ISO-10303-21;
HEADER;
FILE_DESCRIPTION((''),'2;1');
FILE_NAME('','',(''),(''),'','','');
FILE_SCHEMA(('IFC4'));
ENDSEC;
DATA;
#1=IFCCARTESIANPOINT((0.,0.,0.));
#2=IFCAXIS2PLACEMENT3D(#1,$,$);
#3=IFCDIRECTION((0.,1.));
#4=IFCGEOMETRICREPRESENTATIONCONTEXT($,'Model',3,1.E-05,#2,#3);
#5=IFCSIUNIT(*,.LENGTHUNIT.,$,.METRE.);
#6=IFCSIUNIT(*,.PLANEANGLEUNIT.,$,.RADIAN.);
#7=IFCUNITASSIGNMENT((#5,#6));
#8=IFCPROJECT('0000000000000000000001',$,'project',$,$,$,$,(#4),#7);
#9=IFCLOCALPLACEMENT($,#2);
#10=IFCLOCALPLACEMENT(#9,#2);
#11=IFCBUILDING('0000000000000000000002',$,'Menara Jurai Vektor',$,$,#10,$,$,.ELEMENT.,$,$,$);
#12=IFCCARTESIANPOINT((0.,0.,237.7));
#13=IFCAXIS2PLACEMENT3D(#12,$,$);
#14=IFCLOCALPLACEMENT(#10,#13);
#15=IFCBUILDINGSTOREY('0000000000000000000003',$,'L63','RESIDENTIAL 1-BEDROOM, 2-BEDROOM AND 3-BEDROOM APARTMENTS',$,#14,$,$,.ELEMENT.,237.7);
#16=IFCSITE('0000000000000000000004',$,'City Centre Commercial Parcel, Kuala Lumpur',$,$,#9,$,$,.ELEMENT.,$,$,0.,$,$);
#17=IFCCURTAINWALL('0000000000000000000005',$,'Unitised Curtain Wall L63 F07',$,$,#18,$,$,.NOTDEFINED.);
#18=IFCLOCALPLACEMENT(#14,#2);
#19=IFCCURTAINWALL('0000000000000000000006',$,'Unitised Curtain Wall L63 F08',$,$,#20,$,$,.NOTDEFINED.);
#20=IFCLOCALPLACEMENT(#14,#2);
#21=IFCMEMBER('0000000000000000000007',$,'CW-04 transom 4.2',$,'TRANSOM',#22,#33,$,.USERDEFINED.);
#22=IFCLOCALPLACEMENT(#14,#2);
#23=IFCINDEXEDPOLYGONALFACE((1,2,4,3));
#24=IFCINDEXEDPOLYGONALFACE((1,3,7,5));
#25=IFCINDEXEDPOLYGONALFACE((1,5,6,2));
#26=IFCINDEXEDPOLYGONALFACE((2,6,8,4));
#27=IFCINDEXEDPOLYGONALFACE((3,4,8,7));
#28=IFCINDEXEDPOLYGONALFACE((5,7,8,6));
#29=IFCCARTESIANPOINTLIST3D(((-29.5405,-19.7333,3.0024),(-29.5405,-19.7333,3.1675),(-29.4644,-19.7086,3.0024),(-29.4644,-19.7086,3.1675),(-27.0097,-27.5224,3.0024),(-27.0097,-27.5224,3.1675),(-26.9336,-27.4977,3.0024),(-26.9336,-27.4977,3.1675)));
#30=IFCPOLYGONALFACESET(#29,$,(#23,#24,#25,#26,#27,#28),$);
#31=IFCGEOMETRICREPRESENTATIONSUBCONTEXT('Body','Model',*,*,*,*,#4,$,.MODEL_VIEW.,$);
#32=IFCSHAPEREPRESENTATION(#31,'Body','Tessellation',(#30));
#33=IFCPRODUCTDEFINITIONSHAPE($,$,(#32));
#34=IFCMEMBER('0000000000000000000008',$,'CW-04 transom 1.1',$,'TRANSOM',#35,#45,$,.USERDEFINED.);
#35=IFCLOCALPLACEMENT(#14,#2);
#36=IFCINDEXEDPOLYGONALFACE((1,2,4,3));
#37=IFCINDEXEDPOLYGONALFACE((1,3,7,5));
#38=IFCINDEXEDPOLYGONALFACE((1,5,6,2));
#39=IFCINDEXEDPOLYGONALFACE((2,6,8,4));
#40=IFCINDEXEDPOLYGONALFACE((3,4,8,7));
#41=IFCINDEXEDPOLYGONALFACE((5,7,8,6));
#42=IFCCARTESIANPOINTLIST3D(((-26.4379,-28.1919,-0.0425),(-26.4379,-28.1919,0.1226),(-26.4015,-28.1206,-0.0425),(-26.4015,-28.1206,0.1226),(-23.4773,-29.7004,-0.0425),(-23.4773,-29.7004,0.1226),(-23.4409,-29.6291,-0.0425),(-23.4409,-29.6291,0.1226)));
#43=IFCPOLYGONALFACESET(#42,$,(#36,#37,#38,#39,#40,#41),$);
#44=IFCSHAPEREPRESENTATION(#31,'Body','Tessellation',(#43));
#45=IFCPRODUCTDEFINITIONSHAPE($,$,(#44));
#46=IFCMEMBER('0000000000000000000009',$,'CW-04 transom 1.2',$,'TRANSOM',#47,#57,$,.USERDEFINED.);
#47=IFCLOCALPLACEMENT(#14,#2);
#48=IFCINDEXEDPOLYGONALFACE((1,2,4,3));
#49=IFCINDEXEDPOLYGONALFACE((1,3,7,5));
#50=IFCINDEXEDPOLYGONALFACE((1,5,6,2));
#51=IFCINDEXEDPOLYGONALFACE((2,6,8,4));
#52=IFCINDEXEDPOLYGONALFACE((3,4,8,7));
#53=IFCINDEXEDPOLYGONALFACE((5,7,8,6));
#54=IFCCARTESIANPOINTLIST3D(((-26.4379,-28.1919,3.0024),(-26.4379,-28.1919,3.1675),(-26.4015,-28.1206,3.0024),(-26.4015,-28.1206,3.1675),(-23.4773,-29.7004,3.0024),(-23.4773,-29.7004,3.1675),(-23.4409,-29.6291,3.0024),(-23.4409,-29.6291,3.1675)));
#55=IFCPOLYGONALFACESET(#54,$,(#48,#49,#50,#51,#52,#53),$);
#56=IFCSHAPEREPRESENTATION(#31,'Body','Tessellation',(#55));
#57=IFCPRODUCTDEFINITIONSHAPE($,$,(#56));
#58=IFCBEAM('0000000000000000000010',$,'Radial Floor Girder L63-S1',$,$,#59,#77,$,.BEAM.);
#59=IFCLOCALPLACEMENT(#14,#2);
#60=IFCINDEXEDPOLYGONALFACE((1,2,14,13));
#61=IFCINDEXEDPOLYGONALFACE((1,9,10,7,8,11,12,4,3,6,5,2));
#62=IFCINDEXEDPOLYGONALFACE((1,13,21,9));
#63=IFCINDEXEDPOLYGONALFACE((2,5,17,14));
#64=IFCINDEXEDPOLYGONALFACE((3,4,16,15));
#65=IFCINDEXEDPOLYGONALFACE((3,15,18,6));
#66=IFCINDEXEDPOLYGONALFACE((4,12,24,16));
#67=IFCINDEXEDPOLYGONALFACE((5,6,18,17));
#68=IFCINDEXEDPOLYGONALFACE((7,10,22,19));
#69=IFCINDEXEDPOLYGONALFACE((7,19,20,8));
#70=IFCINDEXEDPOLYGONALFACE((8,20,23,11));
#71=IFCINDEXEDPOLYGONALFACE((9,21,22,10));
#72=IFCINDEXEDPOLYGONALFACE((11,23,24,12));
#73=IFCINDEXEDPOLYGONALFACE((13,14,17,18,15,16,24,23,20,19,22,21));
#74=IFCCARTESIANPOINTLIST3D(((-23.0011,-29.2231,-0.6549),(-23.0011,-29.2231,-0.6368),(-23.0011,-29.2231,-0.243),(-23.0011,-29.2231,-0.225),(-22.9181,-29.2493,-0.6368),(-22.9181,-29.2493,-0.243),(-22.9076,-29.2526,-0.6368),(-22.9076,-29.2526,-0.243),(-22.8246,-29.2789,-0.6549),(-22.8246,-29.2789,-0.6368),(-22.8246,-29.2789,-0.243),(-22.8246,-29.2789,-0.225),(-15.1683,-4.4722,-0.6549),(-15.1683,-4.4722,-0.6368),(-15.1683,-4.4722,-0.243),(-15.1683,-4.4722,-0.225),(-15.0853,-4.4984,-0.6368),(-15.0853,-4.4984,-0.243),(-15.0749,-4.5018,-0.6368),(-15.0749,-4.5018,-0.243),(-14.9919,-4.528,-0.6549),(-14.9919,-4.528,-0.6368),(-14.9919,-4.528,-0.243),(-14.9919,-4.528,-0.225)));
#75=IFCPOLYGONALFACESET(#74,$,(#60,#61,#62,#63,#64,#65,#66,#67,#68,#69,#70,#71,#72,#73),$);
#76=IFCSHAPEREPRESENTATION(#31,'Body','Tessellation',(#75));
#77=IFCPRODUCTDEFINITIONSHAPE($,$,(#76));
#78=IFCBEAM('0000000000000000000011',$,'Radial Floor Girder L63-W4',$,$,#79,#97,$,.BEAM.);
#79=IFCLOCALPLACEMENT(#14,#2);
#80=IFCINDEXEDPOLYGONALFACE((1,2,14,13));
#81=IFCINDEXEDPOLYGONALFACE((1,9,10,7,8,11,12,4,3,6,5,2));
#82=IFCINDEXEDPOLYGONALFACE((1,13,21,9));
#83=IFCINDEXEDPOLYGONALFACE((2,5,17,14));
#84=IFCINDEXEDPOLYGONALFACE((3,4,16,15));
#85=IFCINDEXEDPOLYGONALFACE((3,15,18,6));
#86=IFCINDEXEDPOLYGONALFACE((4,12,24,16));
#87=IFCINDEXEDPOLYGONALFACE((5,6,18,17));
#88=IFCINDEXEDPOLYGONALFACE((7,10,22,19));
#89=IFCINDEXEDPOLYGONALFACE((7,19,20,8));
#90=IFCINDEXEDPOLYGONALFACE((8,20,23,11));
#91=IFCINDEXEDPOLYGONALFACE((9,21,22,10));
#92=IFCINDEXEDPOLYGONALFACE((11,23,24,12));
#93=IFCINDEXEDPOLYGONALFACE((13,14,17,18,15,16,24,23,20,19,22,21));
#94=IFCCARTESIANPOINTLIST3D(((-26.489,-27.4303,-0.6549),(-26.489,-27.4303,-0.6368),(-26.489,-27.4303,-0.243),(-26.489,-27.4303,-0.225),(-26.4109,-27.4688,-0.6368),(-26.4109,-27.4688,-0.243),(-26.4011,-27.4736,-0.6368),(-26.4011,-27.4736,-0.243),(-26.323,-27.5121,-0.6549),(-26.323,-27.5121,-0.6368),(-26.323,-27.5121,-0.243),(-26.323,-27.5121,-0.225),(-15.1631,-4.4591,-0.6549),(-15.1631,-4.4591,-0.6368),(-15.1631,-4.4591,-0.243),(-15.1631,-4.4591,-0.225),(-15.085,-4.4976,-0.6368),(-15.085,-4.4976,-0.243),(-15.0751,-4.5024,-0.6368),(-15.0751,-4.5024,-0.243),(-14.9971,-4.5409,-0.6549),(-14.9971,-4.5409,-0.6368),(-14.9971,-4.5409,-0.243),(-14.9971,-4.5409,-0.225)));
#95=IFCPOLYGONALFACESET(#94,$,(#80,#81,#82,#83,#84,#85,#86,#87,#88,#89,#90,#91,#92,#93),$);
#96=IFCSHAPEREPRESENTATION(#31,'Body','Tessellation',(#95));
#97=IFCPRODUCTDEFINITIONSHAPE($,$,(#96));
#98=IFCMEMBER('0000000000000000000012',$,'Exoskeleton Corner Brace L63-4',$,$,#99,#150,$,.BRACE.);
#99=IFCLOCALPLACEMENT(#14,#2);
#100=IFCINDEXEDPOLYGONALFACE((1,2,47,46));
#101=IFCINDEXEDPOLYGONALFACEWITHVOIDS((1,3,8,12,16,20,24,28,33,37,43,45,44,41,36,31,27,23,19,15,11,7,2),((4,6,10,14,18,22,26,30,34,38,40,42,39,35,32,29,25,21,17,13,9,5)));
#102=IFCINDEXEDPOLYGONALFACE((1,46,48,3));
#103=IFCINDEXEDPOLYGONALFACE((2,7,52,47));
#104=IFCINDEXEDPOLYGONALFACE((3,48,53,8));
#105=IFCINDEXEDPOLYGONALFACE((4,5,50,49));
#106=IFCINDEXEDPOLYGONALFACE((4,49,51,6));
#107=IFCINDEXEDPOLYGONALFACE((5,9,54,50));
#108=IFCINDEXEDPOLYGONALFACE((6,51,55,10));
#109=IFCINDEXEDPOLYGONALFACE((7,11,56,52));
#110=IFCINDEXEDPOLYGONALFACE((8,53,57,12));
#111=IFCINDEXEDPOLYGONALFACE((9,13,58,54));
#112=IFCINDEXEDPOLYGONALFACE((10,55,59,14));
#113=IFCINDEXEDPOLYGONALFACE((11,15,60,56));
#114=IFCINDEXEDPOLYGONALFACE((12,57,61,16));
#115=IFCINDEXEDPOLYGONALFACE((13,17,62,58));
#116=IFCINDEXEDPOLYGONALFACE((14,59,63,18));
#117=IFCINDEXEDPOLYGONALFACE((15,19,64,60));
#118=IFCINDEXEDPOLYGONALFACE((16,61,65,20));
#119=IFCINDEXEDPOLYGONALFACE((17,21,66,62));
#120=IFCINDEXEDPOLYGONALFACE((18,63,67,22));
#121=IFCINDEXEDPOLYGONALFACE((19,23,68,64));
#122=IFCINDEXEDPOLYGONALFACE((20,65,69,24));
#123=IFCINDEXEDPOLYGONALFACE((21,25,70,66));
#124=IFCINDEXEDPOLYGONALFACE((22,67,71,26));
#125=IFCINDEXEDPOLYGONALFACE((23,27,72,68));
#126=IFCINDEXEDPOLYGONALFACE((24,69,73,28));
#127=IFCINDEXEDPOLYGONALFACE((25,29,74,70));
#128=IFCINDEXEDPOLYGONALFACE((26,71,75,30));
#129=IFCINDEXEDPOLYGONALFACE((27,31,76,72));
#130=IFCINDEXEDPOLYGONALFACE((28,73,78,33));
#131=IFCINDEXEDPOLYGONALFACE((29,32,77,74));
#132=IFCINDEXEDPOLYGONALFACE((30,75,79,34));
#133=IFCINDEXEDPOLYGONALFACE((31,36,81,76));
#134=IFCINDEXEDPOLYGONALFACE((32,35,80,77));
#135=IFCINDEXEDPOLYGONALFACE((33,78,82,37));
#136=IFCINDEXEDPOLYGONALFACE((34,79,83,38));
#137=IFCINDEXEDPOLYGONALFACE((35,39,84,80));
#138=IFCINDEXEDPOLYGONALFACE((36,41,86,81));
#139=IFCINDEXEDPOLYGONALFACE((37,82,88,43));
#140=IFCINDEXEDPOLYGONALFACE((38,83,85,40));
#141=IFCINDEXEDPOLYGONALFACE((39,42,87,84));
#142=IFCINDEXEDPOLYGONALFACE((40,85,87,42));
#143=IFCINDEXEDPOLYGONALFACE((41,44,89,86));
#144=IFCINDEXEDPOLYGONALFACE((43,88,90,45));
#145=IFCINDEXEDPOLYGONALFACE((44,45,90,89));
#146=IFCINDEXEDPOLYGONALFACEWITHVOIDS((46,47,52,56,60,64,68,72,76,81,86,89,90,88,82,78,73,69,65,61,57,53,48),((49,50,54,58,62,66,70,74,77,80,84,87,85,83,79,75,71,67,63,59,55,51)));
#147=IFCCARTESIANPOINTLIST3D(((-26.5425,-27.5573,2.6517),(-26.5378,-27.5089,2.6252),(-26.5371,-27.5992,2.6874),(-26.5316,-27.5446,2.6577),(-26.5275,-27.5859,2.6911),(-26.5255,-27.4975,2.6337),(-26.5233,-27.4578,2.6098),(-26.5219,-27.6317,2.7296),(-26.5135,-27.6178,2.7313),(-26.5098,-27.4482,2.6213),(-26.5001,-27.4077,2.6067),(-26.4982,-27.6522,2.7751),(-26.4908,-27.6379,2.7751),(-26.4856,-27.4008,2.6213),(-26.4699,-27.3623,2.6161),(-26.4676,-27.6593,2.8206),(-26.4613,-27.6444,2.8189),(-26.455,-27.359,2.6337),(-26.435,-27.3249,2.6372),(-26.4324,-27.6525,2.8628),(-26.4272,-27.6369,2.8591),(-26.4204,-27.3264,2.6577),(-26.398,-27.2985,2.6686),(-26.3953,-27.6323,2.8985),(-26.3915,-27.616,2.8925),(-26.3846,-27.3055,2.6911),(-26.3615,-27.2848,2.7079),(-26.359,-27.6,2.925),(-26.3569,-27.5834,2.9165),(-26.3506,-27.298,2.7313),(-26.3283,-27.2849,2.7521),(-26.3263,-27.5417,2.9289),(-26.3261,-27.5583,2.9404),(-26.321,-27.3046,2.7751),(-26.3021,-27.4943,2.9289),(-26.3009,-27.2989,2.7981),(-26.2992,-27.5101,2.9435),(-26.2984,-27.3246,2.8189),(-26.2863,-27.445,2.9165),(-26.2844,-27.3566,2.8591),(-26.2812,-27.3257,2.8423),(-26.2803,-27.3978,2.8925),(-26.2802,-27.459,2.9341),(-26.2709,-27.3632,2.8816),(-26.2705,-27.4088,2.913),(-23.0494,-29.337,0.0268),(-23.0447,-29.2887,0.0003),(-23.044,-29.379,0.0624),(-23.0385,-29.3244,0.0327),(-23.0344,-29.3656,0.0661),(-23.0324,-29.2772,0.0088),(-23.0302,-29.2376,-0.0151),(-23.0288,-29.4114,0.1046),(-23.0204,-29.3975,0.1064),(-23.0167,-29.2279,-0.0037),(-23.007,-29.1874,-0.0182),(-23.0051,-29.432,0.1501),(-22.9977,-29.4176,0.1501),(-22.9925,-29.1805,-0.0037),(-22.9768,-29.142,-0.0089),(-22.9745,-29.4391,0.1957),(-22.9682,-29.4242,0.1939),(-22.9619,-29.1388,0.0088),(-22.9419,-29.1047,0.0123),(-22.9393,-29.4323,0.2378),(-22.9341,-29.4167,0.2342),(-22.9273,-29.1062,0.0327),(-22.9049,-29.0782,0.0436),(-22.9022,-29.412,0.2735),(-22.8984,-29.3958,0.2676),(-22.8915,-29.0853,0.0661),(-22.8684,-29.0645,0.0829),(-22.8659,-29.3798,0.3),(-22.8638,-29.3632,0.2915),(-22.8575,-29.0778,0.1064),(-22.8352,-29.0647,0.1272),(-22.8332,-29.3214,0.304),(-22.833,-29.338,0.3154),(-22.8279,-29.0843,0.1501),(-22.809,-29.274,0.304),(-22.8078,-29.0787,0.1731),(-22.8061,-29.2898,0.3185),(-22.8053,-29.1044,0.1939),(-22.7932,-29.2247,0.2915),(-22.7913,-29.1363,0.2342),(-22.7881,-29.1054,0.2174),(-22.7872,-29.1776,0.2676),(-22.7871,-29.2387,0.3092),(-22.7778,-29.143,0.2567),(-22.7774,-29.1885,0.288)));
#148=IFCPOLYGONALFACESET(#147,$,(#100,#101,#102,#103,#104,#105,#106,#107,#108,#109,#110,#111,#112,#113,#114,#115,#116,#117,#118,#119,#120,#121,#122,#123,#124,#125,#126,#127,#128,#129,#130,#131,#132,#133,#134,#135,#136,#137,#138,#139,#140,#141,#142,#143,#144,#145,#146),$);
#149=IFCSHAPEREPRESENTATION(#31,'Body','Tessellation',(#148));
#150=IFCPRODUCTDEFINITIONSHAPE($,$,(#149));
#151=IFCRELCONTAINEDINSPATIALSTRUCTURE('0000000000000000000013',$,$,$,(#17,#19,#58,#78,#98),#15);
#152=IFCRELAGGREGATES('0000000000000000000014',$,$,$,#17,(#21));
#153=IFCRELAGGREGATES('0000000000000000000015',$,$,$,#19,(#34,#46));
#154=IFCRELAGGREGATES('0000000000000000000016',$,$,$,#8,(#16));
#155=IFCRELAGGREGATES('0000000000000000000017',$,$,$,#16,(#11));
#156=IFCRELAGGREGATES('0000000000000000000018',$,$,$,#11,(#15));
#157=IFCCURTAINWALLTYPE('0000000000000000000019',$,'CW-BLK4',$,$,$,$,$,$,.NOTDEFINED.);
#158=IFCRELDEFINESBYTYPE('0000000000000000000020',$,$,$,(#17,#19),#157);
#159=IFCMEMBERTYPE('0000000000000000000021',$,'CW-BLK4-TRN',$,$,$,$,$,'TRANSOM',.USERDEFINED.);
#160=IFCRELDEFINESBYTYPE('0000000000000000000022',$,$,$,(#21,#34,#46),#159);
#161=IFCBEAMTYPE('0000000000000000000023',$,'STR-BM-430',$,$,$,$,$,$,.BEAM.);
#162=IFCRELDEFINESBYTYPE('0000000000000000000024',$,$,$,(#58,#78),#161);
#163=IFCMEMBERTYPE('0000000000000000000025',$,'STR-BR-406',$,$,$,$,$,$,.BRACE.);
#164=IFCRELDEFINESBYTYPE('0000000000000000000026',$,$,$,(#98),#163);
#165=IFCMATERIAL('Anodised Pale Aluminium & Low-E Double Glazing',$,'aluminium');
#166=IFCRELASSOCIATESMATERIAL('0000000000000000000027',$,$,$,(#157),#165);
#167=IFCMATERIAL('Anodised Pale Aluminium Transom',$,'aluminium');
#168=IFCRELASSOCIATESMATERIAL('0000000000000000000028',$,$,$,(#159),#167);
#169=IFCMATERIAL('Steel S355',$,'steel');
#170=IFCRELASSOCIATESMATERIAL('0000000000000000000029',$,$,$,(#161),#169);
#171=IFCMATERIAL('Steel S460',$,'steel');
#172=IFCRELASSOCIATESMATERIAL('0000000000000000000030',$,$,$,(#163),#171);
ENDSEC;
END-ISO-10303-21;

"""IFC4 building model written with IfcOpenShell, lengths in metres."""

from ifc_helpers import new_model, si_unit, direction, frame, origin, origin_2d, place, context, subcontext, project, spatial, rectangle, hollow_circle, i_section, extrude, material, material_profile, profile_set, type_object, element, aggregate, save


model = new_model("IFC4")

# Units and contexts
model_context = context("Model", 3, precision=1e-05, world=origin(), true_north=direction((0.0, 1.0)))
body_context = subcontext(model_context, "Body", "Model", "MODEL_VIEW")
ifc_project = project(units=[si_unit("LENGTHUNIT", "METRE"), si_unit("PLANEANGLEUNIT", "RADIAN")], contexts=[model_context])

# Site, building, storey
site_placement = place(None, origin())
site = spatial("IfcSite", under=ifc_project, at=site_placement, Name="City Centre Commercial Parcel, Kuala Lumpur", CompositionType="ELEMENT", RefElevation=0.0)
building_placement = place(site_placement, origin())
building = spatial("IfcBuilding", under=site, at=building_placement, Name="Menara Jurai Vektor", CompositionType="ELEMENT")
storey_placement = place(building_placement, frame((0.0, 0.0, 237.7)))
storey = spatial("IfcBuildingStorey", under=building, at=storey_placement, Name="L63", Description="RESIDENTIAL 1-BEDROOM, 2-BEDROOM AND 3-BEDROOM APARTMENTS", CompositionType="ELEMENT", Elevation=237.7)

# Shared definitions
ifc_material_1 = material(Name="Steel S460", Category="steel")

# Curtain wall
ifc_material_2 = material(Name="Anodised Pale Aluminium & Low-E Double Glazing", Category="aluminium")
curtain_wall_type = type_object("IfcCurtainWallType", Name="CW-BLK4", PredefinedType="NOTDEFINED", material=ifc_material_2)
curtain_wall_1_placement = place(storey_placement, origin())
curtain_wall_1 = element("IfcCurtainWall", 1, at=curtain_wall_1_placement, inside=storey, type_object=curtain_wall_type, Name="Unitised Curtain Wall L63 F07", PredefinedType="NOTDEFINED")

# Curtain wall
curtain_wall_2_placement = place(storey_placement, origin())
curtain_wall_2 = element("IfcCurtainWall", 2, at=curtain_wall_2_placement, inside=storey, type_object=curtain_wall_type, Name="Unitised Curtain Wall L63 F08", PredefinedType="NOTDEFINED")

# Members
ifc_material_3 = material(Name="Anodised Pale Aluminium Transom", Category="aluminium")
ifc_material_profile_1 = material_profile(ifc_material_3, rectangle(XDim=0.0801, YDim=0.165, at=origin_2d()), Name="ALU TRN 80x165")
ifc_profile_set_1 = profile_set([ifc_material_profile_1], Name="Anodised Pale Aluminium Transom")
member_type_1 = type_object("IfcMemberType", Name="CW-BLK4-TRN", ElementType="TRANSOM", PredefinedType="USERDEFINED", material=ifc_profile_set_1)
member_1_placement = place(storey_placement, frame((-29.5024, -19.7209, 3.085), z_axis=(0.309011, -0.951059, 0.0), x_axis=(0.951059, 0.309011, 0.0)))
member_1 = element("IfcMember", 3, at=member_1_placement, type_object=member_type_1, Name="CW-04 transom 4.2", ObjectType="TRANSOM", PredefinedType="USERDEFINED", context=body_context, shape_type="SweptSolid", body=[
    extrude(rectangle(XDim=0.0801, YDim=0.165, at=origin_2d()), origin(), (0.0, 0.0, 1.0), 8.1899),
])
member_2_placement = place(storey_placement, frame((-26.4197, -28.1562, 0.04), z_axis=(0.891007, -0.45399, 0.0), x_axis=(0.45399, 0.891007, 0.0)))
member_2 = element("IfcMember", 4, at=member_2_placement, type_object=member_type_1, Name="CW-04 transom 1.1", ObjectType="TRANSOM", PredefinedType="USERDEFINED", context=body_context, shape_type="SweptSolid", body=[
    extrude(rectangle(XDim=0.0801, YDim=0.165, at=origin_2d()), origin(), (0.0, 0.0, 1.0), 3.3228),
])
member_3_placement = place(storey_placement, frame((-26.4197, -28.1562, 3.085), z_axis=(0.891007, -0.45399, 0.0), x_axis=(0.45399, 0.891007, 0.0)))
member_3 = element("IfcMember", 5, at=member_3_placement, type_object=member_type_1, Name="CW-04 transom 1.2", ObjectType="TRANSOM", PredefinedType="USERDEFINED", context=body_context, shape_type="SweptSolid", body=[
    extrude(rectangle(XDim=0.0801, YDim=0.165, at=origin_2d()), origin(), (0.0, 0.0, 1.0), 3.3228),
])

# Beams
ifc_material_4 = material(Name="Steel S355", Category="steel")
ifc_material_profile_2 = material_profile(ifc_material_4, i_section(OverallWidth=0.1851, OverallDepth=0.4299, WebThickness=0.011, FlangeThickness=0.0181, at=origin_2d()), Name="PG 430x185x76")
ifc_profile_set_2 = profile_set([ifc_material_profile_2], Name="Steel S355")
beam_type_1 = type_object("IfcBeamType", Name="STR-BM-430", PredefinedType="BEAM", material=ifc_profile_set_2)
beam_1_placement = place(storey_placement, frame((-22.9128, -29.251, -0.4399), z_axis=(0.301715, 0.953398, 0.0), x_axis=(-0.953398, 0.301715, 0.0)))
element("IfcBeam", 6, at=beam_1_placement, inside=storey, type_object=beam_type_1, Name="Radial Floor Girder L63-S1", PredefinedType="BEAM", context=body_context, shape_type="SweptSolid", body=[
    extrude(i_section(OverallWidth=0.1851, OverallDepth=0.4299, WebThickness=0.011, FlangeThickness=0.0181, at=origin_2d()), origin(), (0.0, 0.0, 1.0), 25.9607),
])
beam_2_placement = place(storey_placement, frame((-26.406, -27.4712, -0.4399), z_axis=(0.442219, 0.896907, 0.0), x_axis=(-0.896907, 0.442219, 0.0)))
element("IfcBeam", 7, at=beam_2_placement, inside=storey, type_object=beam_type_1, Name="Radial Floor Girder L63-W4", PredefinedType="BEAM", context=body_context, shape_type="SweptSolid", body=[
    extrude(i_section(OverallWidth=0.1851, OverallDepth=0.4299, WebThickness=0.011, FlangeThickness=0.0181, at=origin_2d()), origin(), (0.0, 0.0, 1.0), 25.6116),
])

# Member
ifc_material_profile_3 = material_profile(ifc_material_1, hollow_circle(Radius=0.2031, WallThickness=0.0161, at=origin_2d()), Name="CHS 406.4x16")
ifc_profile_set_3 = profile_set([ifc_material_profile_3], Name="Steel S460")
member_type_2 = type_object("IfcMemberType", Name="STR-BR-406", PredefinedType="BRACE", material=ifc_profile_set_3)
member_4_placement = place(storey_placement, frame((-22.9128, -29.251, 0.1501), z_axis=(-0.740375, 0.377225, 0.556368), x_axis=(-0.453976, -0.891014, 0.0)))
element("IfcMember", 8, at=member_4_placement, inside=storey, type_object=member_type_2, Name="Exoskeleton Corner Brace L63-4", PredefinedType="BRACE", context=body_context, shape_type="SweptSolid", body=[
    extrude(hollow_circle(Radius=0.2031, WallThickness=0.0161, at=origin_2d()), origin(), (0.0, 0.0, 1.0), 4.718),
])

aggregate(curtain_wall_1, [member_1])
aggregate(curtain_wall_2, [member_2, member_3])

save(model, "model.ifc")
